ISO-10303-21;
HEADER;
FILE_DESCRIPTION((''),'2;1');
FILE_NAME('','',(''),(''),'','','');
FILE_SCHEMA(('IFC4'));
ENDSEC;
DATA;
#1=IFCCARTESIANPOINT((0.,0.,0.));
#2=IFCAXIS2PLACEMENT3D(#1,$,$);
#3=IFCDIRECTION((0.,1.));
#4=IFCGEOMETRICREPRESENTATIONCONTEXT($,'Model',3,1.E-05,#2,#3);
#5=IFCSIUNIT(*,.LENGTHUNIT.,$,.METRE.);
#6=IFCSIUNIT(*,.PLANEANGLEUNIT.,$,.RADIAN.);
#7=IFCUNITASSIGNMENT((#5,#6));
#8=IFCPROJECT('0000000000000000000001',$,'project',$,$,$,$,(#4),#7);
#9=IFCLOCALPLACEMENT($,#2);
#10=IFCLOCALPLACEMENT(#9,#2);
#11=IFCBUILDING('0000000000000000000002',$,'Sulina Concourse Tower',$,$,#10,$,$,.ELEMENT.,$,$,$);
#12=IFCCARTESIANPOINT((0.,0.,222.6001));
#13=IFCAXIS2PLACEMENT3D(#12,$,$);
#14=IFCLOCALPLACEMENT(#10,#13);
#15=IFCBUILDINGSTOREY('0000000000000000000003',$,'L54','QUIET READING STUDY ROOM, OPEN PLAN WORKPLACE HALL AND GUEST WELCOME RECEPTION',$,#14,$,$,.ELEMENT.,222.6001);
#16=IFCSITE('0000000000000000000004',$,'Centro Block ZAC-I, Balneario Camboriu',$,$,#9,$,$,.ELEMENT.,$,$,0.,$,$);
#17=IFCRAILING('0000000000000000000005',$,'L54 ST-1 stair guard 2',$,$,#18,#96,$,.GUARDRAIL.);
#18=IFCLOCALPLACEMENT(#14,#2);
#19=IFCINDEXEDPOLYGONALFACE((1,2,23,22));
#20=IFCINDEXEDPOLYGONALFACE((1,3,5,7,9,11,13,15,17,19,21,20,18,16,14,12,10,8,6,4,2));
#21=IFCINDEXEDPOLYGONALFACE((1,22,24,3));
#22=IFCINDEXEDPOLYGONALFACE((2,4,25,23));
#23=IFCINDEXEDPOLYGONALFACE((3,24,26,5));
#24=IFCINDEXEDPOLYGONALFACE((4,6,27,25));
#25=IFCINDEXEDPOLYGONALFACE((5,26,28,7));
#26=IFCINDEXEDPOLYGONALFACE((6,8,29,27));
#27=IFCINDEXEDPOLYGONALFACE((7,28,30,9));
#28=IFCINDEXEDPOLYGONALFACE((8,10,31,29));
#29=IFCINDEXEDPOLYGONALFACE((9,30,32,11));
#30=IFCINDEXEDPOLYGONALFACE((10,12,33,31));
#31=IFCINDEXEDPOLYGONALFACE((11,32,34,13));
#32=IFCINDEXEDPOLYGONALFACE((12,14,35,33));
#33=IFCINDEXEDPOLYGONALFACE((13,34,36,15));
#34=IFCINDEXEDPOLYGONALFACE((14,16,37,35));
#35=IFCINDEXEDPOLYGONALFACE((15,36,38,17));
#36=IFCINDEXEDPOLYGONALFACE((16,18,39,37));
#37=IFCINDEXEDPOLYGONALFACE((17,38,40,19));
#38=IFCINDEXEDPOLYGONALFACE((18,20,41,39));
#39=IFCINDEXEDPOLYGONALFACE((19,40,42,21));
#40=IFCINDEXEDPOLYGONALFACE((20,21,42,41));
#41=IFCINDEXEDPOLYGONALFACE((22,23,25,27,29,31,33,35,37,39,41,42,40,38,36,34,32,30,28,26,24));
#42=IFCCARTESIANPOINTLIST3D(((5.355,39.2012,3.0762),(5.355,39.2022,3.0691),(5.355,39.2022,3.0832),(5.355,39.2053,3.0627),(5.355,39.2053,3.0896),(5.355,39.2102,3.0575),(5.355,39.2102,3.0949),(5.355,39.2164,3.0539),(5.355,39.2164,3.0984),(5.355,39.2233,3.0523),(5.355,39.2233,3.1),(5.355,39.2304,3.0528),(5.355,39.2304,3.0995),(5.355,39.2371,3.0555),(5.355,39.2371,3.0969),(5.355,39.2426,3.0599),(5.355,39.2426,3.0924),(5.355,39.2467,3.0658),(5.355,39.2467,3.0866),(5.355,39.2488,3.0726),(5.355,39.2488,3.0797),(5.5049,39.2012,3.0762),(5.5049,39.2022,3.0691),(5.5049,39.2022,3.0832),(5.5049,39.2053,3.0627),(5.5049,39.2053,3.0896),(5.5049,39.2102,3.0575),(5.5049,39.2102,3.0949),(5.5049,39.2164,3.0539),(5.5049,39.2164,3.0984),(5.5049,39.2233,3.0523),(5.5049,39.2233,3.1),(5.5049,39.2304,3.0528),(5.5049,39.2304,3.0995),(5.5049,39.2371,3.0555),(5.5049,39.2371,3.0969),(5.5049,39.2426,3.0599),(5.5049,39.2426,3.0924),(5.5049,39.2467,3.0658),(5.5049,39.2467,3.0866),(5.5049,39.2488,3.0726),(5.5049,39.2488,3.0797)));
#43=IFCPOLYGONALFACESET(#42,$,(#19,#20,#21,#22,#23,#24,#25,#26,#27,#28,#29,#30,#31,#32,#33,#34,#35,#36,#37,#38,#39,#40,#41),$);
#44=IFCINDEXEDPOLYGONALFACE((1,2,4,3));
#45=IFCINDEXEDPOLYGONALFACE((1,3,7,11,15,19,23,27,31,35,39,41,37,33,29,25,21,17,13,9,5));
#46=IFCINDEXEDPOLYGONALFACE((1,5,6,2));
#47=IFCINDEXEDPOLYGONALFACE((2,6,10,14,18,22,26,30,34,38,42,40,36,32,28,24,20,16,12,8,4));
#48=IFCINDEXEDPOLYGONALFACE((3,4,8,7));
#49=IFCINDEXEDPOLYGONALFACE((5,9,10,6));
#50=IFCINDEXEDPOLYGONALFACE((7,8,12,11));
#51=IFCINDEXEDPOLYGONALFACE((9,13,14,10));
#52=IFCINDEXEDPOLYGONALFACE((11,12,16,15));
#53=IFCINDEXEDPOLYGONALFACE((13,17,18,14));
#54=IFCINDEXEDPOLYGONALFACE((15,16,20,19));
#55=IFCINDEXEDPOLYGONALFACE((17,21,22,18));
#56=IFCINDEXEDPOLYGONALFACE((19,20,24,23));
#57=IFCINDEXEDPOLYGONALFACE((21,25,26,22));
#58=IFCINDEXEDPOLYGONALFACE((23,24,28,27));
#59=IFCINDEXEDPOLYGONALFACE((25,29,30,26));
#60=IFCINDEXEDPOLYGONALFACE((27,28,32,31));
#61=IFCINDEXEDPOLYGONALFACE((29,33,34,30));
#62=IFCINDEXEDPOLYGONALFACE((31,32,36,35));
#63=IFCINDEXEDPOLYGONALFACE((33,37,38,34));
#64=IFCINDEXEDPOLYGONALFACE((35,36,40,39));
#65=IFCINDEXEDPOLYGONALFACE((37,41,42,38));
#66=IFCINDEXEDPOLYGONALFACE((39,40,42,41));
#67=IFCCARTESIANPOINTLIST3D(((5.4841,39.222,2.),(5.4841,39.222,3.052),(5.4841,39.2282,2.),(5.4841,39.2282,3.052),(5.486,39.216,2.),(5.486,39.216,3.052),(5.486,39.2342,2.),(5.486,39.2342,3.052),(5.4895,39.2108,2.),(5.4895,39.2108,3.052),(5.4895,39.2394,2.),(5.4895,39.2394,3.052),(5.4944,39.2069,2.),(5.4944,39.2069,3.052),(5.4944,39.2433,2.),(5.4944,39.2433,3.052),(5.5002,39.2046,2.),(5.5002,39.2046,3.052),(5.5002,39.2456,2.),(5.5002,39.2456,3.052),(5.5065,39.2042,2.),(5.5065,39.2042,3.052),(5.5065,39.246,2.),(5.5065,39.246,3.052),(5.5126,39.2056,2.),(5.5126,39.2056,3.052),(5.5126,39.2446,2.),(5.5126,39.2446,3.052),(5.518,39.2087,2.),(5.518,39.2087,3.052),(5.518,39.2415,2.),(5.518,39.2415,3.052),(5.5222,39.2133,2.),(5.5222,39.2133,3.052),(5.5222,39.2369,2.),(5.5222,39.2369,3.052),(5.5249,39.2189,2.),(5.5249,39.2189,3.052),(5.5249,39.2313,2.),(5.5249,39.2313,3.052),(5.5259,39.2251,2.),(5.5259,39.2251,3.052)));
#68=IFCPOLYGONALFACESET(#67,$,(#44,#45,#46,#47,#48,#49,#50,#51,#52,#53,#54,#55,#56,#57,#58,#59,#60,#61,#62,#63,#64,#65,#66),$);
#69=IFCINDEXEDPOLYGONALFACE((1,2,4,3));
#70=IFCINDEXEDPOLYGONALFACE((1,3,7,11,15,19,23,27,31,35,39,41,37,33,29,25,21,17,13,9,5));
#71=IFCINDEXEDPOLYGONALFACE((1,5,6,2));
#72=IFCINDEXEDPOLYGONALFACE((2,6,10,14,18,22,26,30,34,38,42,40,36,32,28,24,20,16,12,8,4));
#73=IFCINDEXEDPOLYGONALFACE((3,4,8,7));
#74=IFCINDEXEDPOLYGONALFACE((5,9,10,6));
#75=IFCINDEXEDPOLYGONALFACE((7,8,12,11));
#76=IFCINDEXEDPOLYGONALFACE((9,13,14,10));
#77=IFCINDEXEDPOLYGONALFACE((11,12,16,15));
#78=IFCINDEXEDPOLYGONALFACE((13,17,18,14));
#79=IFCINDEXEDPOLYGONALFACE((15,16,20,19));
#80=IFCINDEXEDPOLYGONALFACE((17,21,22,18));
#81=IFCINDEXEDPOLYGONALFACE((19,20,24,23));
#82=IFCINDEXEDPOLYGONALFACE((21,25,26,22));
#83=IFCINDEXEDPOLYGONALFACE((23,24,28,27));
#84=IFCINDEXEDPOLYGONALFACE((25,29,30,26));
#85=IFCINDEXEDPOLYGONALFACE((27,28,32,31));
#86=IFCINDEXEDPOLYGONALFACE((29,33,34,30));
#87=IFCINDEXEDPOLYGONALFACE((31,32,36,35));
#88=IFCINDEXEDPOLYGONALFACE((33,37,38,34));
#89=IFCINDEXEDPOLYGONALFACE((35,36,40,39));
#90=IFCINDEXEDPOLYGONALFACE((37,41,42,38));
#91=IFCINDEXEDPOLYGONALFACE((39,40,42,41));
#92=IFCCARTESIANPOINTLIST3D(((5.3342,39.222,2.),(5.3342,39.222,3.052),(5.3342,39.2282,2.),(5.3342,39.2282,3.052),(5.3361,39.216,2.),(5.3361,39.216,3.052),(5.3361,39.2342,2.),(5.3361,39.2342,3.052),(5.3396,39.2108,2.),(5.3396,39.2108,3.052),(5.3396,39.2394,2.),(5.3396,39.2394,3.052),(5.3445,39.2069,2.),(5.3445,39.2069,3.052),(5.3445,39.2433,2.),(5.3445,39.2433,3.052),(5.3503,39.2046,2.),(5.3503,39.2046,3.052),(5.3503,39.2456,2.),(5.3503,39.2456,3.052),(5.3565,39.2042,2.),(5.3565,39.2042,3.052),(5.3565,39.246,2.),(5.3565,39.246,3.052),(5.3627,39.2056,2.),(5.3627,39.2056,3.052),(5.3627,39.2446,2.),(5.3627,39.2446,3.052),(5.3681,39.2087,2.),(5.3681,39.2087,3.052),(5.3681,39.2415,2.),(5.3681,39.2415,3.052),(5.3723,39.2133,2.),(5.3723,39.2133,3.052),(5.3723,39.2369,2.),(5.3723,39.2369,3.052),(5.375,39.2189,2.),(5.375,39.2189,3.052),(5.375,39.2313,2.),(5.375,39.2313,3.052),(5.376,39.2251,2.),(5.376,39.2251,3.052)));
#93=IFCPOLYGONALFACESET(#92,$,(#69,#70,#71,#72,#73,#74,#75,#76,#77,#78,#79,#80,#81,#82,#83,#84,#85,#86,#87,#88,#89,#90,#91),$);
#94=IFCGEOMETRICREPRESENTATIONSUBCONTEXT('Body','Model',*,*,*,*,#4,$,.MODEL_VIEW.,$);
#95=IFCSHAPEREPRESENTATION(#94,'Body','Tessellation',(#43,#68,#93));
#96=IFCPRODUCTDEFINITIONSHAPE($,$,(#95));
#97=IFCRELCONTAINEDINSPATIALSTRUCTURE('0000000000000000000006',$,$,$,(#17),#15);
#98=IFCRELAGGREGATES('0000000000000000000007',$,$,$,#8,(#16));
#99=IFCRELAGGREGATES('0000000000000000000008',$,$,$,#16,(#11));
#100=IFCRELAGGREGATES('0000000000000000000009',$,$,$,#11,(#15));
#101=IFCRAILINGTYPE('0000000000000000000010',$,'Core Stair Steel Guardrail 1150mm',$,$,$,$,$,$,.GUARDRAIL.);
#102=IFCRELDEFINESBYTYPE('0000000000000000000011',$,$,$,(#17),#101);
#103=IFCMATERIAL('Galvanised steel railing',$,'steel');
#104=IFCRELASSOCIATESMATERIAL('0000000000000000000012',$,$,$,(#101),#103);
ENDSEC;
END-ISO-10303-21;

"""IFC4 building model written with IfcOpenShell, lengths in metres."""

from ifc_helpers import new_model, si_unit, direction, frame, origin, origin_2d, place, context, subcontext, project, spatial, circle, extrude, material, type_object, element, save


model = new_model("IFC4")

# Units and contexts
model_context = context("Model", 3, precision=1e-05, world=origin(), true_north=direction((0.0, 1.0)))
body_context = subcontext(model_context, "Body", "Model", "MODEL_VIEW")
ifc_project = project(units=[si_unit("LENGTHUNIT", "METRE"), si_unit("PLANEANGLEUNIT", "RADIAN")], contexts=[model_context])

# Site, building, storey
site_placement = place(None, origin())
site = spatial("IfcSite", under=ifc_project, at=site_placement, Name="Centro Block ZAC-I, Balneario Camboriu", CompositionType="ELEMENT", RefElevation=0.0)
building_placement = place(site_placement, origin())
building = spatial("IfcBuilding", under=site, at=building_placement, Name="Sulina Concourse Tower", CompositionType="ELEMENT")
storey_placement = place(building_placement, frame((0.0, 0.0, 222.6001)))
storey = spatial("IfcBuildingStorey", under=building, at=storey_placement, Name="L54", Description="QUIET READING STUDY ROOM, OPEN PLAN WORKPLACE HALL AND GUEST WELCOME RECEPTION", CompositionType="ELEMENT", Elevation=222.6001)

# Railing
ifc_material_1 = material(Name="Galvanised steel railing", Category="steel")
railing_type_1 = type_object("IfcRailingType", Name="Core Stair Steel Guardrail 1150mm", PredefinedType="GUARDRAIL", material=ifc_material_1)
railing_1_placement = place(storey_placement, frame((5.5049, 39.2251, 2.0)))
element("IfcRailing", 1, at=railing_1_placement, inside=storey, type_object=railing_type_1, Name="L54 ST-1 stair guard 2", PredefinedType="GUARDRAIL", context=body_context, shape_type="SweptSolid", body=[
    extrude(circle(Radius=0.0239, at=origin_2d()), frame((0.0, 0.0, 1.0762), z_axis=(-1.0, 0.0, 0.0), x_axis=(0.0, -1.0, 0.0)), (0.0, 0.0, 1.0), 0.1499),
    extrude(circle(Radius=0.021, at=origin_2d()), origin(), (0.0, 0.0, 1.0), 1.052),
    extrude(circle(Radius=0.021, at=origin_2d()), frame((-0.1499, 0.0, 0.0)), (0.0, 0.0, 1.0), 1.052),
])

save(model, "model.ifc")
